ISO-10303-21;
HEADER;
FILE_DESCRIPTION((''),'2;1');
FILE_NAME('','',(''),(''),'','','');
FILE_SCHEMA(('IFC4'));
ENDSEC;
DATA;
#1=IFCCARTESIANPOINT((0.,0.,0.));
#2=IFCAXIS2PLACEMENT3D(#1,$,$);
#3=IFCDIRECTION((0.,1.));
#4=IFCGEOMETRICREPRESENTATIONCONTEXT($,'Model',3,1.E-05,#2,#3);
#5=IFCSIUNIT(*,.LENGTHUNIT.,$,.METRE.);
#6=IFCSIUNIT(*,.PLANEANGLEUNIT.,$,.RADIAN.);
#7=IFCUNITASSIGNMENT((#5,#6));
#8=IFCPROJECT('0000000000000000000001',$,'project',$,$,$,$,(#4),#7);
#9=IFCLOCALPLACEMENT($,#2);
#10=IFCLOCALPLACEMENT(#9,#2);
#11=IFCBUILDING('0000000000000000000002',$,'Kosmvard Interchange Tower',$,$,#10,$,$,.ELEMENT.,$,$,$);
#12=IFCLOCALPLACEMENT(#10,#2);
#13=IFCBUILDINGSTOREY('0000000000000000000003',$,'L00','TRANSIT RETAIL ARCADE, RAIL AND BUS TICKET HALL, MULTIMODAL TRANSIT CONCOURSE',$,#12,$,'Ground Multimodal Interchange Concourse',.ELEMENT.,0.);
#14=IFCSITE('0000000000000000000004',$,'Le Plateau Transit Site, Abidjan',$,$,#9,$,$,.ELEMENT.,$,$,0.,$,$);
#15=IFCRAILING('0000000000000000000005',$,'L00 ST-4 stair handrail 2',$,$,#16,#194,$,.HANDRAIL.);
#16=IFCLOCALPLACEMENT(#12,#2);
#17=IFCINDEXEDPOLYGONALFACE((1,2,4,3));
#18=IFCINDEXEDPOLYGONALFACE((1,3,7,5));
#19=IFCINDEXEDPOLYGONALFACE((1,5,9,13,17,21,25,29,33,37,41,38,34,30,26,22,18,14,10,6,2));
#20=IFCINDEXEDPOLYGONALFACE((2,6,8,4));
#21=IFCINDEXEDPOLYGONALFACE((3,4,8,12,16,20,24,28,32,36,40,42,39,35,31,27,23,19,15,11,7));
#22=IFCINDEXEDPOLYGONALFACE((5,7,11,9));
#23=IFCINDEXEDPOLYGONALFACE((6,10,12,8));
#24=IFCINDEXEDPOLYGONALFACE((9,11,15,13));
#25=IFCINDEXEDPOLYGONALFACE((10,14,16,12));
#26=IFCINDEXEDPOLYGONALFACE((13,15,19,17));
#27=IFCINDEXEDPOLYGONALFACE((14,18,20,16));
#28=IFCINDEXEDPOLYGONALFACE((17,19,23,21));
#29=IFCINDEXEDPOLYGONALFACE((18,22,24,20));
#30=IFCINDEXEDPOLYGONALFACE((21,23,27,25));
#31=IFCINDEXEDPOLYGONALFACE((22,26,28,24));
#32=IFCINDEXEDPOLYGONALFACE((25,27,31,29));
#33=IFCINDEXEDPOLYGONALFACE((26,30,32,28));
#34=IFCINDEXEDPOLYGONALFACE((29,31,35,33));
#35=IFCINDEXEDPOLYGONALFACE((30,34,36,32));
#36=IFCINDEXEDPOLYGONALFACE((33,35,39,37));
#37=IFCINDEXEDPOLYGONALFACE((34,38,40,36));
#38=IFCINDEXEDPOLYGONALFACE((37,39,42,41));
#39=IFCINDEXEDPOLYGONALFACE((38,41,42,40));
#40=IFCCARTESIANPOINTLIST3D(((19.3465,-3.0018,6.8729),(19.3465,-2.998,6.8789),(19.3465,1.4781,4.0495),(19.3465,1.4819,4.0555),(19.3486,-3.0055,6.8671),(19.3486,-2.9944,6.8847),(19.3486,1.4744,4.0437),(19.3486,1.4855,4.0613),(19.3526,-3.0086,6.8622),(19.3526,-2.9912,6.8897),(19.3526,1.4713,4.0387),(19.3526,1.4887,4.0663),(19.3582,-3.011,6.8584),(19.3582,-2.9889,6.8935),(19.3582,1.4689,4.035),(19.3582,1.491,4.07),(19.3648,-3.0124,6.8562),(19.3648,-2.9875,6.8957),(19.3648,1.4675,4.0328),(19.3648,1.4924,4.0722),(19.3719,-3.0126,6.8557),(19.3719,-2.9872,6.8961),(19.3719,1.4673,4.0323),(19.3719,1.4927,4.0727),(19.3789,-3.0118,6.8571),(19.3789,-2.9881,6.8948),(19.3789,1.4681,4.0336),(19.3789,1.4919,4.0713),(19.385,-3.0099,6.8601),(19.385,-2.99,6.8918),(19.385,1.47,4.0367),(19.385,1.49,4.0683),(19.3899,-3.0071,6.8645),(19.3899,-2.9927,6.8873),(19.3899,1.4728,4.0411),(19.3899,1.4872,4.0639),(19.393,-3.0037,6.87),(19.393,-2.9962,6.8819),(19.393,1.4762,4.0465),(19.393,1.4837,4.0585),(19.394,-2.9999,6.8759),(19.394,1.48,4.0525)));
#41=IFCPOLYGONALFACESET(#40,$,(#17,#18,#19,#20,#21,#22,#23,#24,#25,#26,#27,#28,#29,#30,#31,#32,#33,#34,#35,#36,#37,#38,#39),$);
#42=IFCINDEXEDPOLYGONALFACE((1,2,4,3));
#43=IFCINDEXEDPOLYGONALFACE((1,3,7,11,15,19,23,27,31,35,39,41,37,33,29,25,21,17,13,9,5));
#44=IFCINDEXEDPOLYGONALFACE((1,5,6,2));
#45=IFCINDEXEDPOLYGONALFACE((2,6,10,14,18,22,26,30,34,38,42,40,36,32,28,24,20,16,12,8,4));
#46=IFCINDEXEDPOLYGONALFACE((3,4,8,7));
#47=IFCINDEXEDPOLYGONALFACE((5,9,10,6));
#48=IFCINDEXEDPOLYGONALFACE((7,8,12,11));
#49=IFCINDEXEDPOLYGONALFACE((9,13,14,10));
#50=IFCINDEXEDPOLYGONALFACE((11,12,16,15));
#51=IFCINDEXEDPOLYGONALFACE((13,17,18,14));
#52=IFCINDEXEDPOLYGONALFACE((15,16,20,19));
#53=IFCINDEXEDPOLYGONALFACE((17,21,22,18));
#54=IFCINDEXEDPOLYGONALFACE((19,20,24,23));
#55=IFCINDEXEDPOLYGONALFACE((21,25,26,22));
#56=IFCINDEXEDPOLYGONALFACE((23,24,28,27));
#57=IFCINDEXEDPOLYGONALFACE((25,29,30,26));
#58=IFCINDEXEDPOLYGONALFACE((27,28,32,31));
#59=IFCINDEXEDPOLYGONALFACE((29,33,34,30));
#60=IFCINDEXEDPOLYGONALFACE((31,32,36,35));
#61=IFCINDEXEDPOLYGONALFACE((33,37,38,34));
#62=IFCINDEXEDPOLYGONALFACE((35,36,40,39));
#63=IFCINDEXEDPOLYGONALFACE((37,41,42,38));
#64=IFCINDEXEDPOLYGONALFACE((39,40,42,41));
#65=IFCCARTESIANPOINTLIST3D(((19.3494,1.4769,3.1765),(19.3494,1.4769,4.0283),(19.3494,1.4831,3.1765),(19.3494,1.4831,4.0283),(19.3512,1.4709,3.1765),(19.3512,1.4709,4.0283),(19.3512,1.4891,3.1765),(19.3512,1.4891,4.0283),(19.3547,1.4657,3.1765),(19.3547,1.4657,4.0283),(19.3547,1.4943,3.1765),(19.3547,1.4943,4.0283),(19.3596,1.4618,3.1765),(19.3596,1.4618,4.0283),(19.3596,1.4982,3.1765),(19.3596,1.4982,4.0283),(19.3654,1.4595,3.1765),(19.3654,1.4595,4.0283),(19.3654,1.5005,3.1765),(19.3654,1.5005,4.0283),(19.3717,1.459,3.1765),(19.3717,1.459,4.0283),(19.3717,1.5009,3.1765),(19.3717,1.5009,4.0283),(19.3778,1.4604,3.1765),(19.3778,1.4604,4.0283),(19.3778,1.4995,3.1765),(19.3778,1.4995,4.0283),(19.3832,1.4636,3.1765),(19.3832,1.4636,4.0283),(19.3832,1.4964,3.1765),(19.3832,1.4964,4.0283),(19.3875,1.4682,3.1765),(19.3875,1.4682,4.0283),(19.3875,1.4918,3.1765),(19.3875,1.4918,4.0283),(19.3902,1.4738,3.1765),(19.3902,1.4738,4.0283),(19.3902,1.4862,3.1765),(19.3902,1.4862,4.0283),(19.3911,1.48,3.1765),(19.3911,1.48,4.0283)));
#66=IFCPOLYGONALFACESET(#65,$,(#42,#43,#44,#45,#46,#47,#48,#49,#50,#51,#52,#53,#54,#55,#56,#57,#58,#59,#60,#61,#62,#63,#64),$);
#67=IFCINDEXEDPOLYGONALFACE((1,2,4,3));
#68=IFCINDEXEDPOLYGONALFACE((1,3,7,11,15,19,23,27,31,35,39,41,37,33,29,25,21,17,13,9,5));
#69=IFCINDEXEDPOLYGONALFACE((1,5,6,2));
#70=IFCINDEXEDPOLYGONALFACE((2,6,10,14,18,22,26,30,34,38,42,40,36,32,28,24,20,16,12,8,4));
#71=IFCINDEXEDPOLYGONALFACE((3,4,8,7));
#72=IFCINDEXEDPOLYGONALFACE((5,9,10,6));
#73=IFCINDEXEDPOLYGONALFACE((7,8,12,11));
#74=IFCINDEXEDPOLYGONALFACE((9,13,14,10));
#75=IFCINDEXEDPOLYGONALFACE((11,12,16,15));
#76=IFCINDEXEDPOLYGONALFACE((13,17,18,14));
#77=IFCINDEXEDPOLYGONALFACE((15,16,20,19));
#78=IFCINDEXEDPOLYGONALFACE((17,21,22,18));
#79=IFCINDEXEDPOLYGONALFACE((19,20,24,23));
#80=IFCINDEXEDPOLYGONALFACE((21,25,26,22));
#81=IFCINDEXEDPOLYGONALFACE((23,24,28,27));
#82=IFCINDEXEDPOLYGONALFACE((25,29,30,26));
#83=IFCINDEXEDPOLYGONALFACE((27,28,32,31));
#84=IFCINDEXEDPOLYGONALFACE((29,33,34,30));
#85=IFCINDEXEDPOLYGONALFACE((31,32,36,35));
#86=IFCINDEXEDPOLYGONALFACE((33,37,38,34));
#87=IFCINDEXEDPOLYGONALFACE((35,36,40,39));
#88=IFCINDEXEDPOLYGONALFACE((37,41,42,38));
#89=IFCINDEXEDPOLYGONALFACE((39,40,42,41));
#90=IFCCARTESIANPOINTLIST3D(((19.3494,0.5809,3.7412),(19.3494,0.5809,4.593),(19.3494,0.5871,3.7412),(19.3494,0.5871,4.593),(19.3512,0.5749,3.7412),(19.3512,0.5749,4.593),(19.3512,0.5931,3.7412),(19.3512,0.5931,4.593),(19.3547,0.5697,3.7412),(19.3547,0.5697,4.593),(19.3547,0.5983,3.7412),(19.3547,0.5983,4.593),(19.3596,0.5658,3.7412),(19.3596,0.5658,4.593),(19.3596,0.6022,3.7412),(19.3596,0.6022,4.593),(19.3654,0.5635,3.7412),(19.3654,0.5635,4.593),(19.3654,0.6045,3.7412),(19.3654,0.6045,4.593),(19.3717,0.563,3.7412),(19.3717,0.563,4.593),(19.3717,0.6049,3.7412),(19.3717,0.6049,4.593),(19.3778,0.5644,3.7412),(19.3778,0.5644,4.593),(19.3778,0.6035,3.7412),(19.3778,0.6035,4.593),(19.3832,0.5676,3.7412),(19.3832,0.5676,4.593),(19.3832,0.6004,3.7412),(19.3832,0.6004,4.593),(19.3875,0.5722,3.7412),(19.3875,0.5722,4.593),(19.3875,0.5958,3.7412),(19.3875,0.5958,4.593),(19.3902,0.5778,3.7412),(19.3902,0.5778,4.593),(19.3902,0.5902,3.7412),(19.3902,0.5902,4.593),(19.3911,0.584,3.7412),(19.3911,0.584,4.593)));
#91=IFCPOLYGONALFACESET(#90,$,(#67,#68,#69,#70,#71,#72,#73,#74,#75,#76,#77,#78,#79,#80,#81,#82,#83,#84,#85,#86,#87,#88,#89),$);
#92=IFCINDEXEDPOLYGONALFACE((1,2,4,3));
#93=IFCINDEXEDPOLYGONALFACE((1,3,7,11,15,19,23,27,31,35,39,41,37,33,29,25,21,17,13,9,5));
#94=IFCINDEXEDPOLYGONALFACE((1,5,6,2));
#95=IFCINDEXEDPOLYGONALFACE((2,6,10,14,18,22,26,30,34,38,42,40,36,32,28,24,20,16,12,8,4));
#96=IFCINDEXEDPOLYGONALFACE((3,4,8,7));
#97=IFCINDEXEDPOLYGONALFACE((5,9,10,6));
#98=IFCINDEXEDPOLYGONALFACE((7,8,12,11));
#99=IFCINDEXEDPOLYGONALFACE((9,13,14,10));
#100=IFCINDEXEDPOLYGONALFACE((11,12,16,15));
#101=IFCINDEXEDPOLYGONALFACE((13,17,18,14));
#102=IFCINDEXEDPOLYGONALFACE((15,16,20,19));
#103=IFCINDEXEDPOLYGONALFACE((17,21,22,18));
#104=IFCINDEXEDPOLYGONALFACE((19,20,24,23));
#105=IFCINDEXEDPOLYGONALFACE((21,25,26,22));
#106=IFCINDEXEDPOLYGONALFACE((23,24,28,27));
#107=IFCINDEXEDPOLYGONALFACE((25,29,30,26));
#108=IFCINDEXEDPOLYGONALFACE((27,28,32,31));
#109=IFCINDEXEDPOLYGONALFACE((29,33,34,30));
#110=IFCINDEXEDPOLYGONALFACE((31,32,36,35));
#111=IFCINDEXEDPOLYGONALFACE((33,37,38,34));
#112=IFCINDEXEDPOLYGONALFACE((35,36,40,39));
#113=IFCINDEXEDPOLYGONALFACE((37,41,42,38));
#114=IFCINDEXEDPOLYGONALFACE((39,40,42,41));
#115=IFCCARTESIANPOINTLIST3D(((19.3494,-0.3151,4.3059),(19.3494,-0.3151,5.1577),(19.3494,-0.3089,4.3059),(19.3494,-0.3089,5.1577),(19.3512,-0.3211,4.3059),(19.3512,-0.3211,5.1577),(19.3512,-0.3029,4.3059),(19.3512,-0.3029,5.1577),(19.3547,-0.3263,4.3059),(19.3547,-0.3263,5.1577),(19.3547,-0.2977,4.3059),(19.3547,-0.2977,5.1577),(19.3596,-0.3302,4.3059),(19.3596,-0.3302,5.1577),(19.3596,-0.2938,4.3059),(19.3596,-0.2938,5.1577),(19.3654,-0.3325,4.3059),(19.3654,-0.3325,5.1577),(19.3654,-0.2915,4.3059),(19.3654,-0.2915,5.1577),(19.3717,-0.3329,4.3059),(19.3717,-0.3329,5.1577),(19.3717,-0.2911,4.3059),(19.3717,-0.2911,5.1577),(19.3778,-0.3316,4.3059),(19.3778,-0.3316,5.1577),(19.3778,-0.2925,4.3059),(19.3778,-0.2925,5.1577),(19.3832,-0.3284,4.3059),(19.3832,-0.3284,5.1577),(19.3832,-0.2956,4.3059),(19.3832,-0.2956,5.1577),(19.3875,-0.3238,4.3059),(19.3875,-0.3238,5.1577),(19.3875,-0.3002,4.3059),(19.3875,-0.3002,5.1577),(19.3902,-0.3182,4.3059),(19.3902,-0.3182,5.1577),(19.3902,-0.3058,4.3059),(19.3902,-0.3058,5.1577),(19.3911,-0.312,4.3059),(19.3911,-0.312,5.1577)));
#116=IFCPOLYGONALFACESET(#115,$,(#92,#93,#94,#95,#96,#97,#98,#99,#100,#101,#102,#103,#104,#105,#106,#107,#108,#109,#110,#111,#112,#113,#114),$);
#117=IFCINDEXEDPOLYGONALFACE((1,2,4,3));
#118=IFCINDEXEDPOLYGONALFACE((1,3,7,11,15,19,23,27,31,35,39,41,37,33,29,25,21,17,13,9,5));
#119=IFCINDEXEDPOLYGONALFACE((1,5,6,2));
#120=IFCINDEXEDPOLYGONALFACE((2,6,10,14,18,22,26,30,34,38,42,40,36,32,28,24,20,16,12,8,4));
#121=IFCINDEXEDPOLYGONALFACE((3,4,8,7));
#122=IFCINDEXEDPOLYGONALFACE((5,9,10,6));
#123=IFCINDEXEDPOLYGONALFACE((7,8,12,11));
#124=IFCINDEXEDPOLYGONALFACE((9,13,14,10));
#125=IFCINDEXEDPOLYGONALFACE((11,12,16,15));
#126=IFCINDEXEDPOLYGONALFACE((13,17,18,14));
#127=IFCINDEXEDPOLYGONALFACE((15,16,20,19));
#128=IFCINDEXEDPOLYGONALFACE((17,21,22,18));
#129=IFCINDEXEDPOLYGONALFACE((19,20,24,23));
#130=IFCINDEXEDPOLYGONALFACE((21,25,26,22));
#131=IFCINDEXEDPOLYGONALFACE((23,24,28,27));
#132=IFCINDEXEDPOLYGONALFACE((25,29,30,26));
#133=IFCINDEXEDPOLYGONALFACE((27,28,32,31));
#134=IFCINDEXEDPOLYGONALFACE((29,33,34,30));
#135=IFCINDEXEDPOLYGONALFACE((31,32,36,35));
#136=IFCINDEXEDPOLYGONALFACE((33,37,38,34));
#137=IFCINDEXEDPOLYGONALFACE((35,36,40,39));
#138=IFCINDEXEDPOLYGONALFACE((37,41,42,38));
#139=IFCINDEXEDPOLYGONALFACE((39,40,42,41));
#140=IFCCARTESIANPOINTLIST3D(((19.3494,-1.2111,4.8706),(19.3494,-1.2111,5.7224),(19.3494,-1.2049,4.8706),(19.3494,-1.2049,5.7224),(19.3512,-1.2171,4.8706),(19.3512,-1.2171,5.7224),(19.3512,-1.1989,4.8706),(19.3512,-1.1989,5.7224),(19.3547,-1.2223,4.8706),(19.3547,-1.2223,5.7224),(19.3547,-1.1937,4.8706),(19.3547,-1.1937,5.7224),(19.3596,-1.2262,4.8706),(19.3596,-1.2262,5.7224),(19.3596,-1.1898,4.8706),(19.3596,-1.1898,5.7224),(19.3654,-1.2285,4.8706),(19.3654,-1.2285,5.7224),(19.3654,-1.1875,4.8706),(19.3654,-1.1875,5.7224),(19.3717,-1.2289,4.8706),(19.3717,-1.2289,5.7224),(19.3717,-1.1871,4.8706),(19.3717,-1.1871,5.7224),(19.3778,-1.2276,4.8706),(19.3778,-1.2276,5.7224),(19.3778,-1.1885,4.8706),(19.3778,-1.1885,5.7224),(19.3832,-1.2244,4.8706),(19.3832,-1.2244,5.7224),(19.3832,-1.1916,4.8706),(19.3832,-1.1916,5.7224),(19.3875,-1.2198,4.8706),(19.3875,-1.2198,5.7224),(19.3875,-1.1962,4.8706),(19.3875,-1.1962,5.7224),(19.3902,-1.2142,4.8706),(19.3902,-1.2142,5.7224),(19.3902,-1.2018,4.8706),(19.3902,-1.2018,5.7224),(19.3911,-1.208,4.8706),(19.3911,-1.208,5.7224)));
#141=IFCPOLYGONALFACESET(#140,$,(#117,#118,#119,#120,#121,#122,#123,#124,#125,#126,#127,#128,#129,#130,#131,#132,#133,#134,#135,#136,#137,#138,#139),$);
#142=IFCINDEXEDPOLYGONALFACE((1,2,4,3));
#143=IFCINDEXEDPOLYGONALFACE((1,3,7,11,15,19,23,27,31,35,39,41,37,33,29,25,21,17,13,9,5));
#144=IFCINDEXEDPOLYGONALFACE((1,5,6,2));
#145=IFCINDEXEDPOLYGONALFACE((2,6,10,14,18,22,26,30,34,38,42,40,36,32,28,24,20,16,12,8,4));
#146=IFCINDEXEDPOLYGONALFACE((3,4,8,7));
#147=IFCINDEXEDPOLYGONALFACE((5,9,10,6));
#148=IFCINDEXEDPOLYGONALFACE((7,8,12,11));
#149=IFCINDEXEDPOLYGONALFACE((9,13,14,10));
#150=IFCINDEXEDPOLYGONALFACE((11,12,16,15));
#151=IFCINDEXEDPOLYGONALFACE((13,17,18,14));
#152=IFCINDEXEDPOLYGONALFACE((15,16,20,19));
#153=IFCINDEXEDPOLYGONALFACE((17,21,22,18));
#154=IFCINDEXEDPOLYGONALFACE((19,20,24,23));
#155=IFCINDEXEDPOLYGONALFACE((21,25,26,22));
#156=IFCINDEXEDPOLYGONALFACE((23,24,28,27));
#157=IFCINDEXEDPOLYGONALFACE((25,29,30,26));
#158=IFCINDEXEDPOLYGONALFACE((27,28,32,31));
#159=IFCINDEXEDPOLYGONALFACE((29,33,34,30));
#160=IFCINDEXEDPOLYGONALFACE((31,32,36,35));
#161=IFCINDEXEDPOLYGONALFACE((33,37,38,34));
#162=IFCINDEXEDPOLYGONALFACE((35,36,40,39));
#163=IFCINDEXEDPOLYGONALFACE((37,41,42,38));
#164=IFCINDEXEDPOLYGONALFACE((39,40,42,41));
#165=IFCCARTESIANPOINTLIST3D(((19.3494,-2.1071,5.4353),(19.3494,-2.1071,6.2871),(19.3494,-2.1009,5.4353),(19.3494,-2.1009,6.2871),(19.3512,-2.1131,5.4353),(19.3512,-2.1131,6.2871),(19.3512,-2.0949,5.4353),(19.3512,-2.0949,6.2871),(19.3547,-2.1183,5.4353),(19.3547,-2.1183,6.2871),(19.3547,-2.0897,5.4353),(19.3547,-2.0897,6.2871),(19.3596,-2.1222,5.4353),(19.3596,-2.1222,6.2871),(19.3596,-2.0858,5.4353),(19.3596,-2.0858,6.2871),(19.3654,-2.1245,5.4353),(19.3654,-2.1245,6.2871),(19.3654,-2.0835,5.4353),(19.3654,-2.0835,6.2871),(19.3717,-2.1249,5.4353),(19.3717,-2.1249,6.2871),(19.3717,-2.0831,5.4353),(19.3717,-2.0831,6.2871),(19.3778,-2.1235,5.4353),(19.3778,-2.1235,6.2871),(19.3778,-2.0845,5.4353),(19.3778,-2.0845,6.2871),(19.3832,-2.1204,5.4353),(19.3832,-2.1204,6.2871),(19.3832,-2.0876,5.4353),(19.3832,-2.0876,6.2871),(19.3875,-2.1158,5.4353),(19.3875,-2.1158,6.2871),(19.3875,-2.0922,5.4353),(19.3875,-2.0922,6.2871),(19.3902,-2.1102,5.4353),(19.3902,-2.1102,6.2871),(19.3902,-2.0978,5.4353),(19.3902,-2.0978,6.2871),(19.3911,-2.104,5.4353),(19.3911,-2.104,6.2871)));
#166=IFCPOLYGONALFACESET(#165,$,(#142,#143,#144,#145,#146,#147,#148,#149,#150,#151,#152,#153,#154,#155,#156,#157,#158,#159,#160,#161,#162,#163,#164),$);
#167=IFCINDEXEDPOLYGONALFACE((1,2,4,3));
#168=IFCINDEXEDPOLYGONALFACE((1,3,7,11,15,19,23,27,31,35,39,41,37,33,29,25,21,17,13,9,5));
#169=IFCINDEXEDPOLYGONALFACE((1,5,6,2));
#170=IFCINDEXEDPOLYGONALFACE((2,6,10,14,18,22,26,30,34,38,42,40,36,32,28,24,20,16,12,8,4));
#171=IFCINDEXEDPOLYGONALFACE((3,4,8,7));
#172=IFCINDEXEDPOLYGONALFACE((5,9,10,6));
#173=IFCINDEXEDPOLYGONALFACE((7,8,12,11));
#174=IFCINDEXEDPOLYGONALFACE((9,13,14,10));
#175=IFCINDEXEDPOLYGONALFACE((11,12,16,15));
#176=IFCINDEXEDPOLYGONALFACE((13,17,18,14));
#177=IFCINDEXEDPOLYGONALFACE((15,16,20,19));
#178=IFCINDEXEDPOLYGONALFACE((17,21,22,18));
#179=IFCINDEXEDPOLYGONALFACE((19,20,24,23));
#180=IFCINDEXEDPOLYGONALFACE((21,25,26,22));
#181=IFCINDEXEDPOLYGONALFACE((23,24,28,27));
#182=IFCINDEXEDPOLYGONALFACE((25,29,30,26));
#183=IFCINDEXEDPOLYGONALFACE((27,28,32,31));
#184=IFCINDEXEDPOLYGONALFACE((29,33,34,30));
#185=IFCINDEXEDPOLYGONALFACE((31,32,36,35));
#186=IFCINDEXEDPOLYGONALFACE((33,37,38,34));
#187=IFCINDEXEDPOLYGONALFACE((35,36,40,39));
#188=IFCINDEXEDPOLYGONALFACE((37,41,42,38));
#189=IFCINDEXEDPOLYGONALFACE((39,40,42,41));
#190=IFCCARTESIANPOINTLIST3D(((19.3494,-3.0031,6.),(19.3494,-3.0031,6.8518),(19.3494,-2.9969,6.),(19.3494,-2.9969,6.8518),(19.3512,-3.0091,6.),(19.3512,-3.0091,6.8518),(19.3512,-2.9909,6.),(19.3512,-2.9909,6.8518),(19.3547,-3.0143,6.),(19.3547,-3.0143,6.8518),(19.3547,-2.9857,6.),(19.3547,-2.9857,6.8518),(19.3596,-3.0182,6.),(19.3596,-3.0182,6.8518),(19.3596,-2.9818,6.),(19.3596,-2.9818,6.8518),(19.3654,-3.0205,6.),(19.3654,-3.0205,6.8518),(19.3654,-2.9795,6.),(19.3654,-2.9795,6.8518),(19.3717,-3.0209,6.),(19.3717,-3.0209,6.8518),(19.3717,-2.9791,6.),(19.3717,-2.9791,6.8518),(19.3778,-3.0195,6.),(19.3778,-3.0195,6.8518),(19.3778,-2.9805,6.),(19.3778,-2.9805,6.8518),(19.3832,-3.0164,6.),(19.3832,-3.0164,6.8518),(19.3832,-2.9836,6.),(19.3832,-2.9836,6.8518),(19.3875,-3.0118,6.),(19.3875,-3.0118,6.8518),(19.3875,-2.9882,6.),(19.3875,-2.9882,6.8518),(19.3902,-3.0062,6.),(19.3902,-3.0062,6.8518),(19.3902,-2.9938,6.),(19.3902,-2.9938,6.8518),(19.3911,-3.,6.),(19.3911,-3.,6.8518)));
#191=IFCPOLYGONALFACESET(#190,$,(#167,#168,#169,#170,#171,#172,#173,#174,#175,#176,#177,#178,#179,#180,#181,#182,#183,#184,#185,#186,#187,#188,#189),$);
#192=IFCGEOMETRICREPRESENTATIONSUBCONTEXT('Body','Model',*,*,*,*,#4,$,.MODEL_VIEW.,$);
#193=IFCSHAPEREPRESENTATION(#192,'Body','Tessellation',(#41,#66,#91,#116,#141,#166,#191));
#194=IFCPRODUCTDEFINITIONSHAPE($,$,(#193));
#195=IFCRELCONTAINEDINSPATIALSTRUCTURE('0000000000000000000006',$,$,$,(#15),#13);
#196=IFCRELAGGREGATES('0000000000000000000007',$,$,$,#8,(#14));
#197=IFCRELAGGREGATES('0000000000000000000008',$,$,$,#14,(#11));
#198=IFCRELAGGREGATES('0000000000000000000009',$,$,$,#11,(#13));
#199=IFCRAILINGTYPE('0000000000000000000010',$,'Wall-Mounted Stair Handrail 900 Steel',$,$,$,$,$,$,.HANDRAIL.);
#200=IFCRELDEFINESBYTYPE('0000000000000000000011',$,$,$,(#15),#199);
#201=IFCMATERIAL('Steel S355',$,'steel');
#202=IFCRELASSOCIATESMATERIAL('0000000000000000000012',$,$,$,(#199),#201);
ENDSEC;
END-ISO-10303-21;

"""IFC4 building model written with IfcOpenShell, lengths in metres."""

from ifc_helpers import new_model, si_unit, direction, frame, origin, origin_2d, place, context, subcontext, project, spatial, circle, extrude, source, transform, mapped, material, type_object, element, save


model = new_model("IFC4")

# Units and contexts
model_context = context("Model", 3, precision=1e-05, world=origin(), true_north=direction((0.0, 1.0)))
body_context = subcontext(model_context, "Body", "Model", "MODEL_VIEW")
ifc_project = project(units=[si_unit("LENGTHUNIT", "METRE"), si_unit("PLANEANGLEUNIT", "RADIAN")], contexts=[model_context])

# Site, building, storey
site_placement = place(None, origin())
site = spatial("IfcSite", under=ifc_project, at=site_placement, Name="Le Plateau Transit Site, Abidjan", CompositionType="ELEMENT", RefElevation=0.0)
building_placement = place(site_placement, origin())
building = spatial("IfcBuilding", under=site, at=building_placement, Name="Kosmvard Interchange Tower", CompositionType="ELEMENT")
storey_placement = place(building_placement, origin())
storey = spatial("IfcBuildingStorey", under=building, at=storey_placement, Name="L00", Description="TRANSIT RETAIL ARCADE, RAIL AND BUS TICKET HALL, MULTIMODAL TRANSIT CONCOURSE", LongName="Ground Multimodal Interchange Concourse", CompositionType="ELEMENT", Elevation=0.0)

# Shared definitions
ifc_material_1 = material(Name="Steel S355", Category="steel")

# Railing
railing_type_1 = type_object("IfcRailingType", Name="Wall-Mounted Stair Handrail 900 Steel", PredefinedType="HANDRAIL", material=ifc_material_1)
shared_shape_1 = source(origin(), body_context, "Body", "SweptSolid", [
    extrude(circle(Radius=0.0239, at=origin_2d()), frame((0.0, 0.0, 0.876), z_axis=(0.0, -0.845998, 0.533186), x_axis=(1.0, 0.0, 0.0)), (0.0, 0.0, 1.0), 5.2954),
    extrude(circle(Radius=0.021, at=origin_2d()), origin(), (0.0, 0.0, 1.0), 0.8518),
    extrude(circle(Radius=0.021, at=origin_2d()), frame((0.0, -0.896, 0.5647)), (0.0, 0.0, 1.0), 0.8518),
    extrude(circle(Radius=0.021, at=origin_2d()), frame((0.0, -1.792, 1.1294)), (0.0, 0.0, 1.0), 0.8518),
    extrude(circle(Radius=0.021, at=origin_2d()), frame((0.0, -2.688, 1.6941)), (0.0, 0.0, 1.0), 0.8518),
    extrude(circle(Radius=0.021, at=origin_2d()), frame((0.0, -3.584, 2.2588)), (0.0, 0.0, 1.0), 0.8518),
    extrude(circle(Radius=0.021, at=origin_2d()), frame((0.0, -4.48, 2.8235)), (0.0, 0.0, 1.0), 0.8518),
])
railing_1_placement = place(storey_placement, frame((19.3701, 1.48, 3.1765)))
element("IfcRailing", 1, at=railing_1_placement, inside=storey, type_object=railing_type_1, Name="L00 ST-4 stair handrail 2", PredefinedType="HANDRAIL", context=body_context, shape_type="MappedRepresentation", body=[
    mapped(shared_shape_1, transform((0.0, 0.0, 0.0), scale=1.0)),
])

save(model, "model.ifc")
